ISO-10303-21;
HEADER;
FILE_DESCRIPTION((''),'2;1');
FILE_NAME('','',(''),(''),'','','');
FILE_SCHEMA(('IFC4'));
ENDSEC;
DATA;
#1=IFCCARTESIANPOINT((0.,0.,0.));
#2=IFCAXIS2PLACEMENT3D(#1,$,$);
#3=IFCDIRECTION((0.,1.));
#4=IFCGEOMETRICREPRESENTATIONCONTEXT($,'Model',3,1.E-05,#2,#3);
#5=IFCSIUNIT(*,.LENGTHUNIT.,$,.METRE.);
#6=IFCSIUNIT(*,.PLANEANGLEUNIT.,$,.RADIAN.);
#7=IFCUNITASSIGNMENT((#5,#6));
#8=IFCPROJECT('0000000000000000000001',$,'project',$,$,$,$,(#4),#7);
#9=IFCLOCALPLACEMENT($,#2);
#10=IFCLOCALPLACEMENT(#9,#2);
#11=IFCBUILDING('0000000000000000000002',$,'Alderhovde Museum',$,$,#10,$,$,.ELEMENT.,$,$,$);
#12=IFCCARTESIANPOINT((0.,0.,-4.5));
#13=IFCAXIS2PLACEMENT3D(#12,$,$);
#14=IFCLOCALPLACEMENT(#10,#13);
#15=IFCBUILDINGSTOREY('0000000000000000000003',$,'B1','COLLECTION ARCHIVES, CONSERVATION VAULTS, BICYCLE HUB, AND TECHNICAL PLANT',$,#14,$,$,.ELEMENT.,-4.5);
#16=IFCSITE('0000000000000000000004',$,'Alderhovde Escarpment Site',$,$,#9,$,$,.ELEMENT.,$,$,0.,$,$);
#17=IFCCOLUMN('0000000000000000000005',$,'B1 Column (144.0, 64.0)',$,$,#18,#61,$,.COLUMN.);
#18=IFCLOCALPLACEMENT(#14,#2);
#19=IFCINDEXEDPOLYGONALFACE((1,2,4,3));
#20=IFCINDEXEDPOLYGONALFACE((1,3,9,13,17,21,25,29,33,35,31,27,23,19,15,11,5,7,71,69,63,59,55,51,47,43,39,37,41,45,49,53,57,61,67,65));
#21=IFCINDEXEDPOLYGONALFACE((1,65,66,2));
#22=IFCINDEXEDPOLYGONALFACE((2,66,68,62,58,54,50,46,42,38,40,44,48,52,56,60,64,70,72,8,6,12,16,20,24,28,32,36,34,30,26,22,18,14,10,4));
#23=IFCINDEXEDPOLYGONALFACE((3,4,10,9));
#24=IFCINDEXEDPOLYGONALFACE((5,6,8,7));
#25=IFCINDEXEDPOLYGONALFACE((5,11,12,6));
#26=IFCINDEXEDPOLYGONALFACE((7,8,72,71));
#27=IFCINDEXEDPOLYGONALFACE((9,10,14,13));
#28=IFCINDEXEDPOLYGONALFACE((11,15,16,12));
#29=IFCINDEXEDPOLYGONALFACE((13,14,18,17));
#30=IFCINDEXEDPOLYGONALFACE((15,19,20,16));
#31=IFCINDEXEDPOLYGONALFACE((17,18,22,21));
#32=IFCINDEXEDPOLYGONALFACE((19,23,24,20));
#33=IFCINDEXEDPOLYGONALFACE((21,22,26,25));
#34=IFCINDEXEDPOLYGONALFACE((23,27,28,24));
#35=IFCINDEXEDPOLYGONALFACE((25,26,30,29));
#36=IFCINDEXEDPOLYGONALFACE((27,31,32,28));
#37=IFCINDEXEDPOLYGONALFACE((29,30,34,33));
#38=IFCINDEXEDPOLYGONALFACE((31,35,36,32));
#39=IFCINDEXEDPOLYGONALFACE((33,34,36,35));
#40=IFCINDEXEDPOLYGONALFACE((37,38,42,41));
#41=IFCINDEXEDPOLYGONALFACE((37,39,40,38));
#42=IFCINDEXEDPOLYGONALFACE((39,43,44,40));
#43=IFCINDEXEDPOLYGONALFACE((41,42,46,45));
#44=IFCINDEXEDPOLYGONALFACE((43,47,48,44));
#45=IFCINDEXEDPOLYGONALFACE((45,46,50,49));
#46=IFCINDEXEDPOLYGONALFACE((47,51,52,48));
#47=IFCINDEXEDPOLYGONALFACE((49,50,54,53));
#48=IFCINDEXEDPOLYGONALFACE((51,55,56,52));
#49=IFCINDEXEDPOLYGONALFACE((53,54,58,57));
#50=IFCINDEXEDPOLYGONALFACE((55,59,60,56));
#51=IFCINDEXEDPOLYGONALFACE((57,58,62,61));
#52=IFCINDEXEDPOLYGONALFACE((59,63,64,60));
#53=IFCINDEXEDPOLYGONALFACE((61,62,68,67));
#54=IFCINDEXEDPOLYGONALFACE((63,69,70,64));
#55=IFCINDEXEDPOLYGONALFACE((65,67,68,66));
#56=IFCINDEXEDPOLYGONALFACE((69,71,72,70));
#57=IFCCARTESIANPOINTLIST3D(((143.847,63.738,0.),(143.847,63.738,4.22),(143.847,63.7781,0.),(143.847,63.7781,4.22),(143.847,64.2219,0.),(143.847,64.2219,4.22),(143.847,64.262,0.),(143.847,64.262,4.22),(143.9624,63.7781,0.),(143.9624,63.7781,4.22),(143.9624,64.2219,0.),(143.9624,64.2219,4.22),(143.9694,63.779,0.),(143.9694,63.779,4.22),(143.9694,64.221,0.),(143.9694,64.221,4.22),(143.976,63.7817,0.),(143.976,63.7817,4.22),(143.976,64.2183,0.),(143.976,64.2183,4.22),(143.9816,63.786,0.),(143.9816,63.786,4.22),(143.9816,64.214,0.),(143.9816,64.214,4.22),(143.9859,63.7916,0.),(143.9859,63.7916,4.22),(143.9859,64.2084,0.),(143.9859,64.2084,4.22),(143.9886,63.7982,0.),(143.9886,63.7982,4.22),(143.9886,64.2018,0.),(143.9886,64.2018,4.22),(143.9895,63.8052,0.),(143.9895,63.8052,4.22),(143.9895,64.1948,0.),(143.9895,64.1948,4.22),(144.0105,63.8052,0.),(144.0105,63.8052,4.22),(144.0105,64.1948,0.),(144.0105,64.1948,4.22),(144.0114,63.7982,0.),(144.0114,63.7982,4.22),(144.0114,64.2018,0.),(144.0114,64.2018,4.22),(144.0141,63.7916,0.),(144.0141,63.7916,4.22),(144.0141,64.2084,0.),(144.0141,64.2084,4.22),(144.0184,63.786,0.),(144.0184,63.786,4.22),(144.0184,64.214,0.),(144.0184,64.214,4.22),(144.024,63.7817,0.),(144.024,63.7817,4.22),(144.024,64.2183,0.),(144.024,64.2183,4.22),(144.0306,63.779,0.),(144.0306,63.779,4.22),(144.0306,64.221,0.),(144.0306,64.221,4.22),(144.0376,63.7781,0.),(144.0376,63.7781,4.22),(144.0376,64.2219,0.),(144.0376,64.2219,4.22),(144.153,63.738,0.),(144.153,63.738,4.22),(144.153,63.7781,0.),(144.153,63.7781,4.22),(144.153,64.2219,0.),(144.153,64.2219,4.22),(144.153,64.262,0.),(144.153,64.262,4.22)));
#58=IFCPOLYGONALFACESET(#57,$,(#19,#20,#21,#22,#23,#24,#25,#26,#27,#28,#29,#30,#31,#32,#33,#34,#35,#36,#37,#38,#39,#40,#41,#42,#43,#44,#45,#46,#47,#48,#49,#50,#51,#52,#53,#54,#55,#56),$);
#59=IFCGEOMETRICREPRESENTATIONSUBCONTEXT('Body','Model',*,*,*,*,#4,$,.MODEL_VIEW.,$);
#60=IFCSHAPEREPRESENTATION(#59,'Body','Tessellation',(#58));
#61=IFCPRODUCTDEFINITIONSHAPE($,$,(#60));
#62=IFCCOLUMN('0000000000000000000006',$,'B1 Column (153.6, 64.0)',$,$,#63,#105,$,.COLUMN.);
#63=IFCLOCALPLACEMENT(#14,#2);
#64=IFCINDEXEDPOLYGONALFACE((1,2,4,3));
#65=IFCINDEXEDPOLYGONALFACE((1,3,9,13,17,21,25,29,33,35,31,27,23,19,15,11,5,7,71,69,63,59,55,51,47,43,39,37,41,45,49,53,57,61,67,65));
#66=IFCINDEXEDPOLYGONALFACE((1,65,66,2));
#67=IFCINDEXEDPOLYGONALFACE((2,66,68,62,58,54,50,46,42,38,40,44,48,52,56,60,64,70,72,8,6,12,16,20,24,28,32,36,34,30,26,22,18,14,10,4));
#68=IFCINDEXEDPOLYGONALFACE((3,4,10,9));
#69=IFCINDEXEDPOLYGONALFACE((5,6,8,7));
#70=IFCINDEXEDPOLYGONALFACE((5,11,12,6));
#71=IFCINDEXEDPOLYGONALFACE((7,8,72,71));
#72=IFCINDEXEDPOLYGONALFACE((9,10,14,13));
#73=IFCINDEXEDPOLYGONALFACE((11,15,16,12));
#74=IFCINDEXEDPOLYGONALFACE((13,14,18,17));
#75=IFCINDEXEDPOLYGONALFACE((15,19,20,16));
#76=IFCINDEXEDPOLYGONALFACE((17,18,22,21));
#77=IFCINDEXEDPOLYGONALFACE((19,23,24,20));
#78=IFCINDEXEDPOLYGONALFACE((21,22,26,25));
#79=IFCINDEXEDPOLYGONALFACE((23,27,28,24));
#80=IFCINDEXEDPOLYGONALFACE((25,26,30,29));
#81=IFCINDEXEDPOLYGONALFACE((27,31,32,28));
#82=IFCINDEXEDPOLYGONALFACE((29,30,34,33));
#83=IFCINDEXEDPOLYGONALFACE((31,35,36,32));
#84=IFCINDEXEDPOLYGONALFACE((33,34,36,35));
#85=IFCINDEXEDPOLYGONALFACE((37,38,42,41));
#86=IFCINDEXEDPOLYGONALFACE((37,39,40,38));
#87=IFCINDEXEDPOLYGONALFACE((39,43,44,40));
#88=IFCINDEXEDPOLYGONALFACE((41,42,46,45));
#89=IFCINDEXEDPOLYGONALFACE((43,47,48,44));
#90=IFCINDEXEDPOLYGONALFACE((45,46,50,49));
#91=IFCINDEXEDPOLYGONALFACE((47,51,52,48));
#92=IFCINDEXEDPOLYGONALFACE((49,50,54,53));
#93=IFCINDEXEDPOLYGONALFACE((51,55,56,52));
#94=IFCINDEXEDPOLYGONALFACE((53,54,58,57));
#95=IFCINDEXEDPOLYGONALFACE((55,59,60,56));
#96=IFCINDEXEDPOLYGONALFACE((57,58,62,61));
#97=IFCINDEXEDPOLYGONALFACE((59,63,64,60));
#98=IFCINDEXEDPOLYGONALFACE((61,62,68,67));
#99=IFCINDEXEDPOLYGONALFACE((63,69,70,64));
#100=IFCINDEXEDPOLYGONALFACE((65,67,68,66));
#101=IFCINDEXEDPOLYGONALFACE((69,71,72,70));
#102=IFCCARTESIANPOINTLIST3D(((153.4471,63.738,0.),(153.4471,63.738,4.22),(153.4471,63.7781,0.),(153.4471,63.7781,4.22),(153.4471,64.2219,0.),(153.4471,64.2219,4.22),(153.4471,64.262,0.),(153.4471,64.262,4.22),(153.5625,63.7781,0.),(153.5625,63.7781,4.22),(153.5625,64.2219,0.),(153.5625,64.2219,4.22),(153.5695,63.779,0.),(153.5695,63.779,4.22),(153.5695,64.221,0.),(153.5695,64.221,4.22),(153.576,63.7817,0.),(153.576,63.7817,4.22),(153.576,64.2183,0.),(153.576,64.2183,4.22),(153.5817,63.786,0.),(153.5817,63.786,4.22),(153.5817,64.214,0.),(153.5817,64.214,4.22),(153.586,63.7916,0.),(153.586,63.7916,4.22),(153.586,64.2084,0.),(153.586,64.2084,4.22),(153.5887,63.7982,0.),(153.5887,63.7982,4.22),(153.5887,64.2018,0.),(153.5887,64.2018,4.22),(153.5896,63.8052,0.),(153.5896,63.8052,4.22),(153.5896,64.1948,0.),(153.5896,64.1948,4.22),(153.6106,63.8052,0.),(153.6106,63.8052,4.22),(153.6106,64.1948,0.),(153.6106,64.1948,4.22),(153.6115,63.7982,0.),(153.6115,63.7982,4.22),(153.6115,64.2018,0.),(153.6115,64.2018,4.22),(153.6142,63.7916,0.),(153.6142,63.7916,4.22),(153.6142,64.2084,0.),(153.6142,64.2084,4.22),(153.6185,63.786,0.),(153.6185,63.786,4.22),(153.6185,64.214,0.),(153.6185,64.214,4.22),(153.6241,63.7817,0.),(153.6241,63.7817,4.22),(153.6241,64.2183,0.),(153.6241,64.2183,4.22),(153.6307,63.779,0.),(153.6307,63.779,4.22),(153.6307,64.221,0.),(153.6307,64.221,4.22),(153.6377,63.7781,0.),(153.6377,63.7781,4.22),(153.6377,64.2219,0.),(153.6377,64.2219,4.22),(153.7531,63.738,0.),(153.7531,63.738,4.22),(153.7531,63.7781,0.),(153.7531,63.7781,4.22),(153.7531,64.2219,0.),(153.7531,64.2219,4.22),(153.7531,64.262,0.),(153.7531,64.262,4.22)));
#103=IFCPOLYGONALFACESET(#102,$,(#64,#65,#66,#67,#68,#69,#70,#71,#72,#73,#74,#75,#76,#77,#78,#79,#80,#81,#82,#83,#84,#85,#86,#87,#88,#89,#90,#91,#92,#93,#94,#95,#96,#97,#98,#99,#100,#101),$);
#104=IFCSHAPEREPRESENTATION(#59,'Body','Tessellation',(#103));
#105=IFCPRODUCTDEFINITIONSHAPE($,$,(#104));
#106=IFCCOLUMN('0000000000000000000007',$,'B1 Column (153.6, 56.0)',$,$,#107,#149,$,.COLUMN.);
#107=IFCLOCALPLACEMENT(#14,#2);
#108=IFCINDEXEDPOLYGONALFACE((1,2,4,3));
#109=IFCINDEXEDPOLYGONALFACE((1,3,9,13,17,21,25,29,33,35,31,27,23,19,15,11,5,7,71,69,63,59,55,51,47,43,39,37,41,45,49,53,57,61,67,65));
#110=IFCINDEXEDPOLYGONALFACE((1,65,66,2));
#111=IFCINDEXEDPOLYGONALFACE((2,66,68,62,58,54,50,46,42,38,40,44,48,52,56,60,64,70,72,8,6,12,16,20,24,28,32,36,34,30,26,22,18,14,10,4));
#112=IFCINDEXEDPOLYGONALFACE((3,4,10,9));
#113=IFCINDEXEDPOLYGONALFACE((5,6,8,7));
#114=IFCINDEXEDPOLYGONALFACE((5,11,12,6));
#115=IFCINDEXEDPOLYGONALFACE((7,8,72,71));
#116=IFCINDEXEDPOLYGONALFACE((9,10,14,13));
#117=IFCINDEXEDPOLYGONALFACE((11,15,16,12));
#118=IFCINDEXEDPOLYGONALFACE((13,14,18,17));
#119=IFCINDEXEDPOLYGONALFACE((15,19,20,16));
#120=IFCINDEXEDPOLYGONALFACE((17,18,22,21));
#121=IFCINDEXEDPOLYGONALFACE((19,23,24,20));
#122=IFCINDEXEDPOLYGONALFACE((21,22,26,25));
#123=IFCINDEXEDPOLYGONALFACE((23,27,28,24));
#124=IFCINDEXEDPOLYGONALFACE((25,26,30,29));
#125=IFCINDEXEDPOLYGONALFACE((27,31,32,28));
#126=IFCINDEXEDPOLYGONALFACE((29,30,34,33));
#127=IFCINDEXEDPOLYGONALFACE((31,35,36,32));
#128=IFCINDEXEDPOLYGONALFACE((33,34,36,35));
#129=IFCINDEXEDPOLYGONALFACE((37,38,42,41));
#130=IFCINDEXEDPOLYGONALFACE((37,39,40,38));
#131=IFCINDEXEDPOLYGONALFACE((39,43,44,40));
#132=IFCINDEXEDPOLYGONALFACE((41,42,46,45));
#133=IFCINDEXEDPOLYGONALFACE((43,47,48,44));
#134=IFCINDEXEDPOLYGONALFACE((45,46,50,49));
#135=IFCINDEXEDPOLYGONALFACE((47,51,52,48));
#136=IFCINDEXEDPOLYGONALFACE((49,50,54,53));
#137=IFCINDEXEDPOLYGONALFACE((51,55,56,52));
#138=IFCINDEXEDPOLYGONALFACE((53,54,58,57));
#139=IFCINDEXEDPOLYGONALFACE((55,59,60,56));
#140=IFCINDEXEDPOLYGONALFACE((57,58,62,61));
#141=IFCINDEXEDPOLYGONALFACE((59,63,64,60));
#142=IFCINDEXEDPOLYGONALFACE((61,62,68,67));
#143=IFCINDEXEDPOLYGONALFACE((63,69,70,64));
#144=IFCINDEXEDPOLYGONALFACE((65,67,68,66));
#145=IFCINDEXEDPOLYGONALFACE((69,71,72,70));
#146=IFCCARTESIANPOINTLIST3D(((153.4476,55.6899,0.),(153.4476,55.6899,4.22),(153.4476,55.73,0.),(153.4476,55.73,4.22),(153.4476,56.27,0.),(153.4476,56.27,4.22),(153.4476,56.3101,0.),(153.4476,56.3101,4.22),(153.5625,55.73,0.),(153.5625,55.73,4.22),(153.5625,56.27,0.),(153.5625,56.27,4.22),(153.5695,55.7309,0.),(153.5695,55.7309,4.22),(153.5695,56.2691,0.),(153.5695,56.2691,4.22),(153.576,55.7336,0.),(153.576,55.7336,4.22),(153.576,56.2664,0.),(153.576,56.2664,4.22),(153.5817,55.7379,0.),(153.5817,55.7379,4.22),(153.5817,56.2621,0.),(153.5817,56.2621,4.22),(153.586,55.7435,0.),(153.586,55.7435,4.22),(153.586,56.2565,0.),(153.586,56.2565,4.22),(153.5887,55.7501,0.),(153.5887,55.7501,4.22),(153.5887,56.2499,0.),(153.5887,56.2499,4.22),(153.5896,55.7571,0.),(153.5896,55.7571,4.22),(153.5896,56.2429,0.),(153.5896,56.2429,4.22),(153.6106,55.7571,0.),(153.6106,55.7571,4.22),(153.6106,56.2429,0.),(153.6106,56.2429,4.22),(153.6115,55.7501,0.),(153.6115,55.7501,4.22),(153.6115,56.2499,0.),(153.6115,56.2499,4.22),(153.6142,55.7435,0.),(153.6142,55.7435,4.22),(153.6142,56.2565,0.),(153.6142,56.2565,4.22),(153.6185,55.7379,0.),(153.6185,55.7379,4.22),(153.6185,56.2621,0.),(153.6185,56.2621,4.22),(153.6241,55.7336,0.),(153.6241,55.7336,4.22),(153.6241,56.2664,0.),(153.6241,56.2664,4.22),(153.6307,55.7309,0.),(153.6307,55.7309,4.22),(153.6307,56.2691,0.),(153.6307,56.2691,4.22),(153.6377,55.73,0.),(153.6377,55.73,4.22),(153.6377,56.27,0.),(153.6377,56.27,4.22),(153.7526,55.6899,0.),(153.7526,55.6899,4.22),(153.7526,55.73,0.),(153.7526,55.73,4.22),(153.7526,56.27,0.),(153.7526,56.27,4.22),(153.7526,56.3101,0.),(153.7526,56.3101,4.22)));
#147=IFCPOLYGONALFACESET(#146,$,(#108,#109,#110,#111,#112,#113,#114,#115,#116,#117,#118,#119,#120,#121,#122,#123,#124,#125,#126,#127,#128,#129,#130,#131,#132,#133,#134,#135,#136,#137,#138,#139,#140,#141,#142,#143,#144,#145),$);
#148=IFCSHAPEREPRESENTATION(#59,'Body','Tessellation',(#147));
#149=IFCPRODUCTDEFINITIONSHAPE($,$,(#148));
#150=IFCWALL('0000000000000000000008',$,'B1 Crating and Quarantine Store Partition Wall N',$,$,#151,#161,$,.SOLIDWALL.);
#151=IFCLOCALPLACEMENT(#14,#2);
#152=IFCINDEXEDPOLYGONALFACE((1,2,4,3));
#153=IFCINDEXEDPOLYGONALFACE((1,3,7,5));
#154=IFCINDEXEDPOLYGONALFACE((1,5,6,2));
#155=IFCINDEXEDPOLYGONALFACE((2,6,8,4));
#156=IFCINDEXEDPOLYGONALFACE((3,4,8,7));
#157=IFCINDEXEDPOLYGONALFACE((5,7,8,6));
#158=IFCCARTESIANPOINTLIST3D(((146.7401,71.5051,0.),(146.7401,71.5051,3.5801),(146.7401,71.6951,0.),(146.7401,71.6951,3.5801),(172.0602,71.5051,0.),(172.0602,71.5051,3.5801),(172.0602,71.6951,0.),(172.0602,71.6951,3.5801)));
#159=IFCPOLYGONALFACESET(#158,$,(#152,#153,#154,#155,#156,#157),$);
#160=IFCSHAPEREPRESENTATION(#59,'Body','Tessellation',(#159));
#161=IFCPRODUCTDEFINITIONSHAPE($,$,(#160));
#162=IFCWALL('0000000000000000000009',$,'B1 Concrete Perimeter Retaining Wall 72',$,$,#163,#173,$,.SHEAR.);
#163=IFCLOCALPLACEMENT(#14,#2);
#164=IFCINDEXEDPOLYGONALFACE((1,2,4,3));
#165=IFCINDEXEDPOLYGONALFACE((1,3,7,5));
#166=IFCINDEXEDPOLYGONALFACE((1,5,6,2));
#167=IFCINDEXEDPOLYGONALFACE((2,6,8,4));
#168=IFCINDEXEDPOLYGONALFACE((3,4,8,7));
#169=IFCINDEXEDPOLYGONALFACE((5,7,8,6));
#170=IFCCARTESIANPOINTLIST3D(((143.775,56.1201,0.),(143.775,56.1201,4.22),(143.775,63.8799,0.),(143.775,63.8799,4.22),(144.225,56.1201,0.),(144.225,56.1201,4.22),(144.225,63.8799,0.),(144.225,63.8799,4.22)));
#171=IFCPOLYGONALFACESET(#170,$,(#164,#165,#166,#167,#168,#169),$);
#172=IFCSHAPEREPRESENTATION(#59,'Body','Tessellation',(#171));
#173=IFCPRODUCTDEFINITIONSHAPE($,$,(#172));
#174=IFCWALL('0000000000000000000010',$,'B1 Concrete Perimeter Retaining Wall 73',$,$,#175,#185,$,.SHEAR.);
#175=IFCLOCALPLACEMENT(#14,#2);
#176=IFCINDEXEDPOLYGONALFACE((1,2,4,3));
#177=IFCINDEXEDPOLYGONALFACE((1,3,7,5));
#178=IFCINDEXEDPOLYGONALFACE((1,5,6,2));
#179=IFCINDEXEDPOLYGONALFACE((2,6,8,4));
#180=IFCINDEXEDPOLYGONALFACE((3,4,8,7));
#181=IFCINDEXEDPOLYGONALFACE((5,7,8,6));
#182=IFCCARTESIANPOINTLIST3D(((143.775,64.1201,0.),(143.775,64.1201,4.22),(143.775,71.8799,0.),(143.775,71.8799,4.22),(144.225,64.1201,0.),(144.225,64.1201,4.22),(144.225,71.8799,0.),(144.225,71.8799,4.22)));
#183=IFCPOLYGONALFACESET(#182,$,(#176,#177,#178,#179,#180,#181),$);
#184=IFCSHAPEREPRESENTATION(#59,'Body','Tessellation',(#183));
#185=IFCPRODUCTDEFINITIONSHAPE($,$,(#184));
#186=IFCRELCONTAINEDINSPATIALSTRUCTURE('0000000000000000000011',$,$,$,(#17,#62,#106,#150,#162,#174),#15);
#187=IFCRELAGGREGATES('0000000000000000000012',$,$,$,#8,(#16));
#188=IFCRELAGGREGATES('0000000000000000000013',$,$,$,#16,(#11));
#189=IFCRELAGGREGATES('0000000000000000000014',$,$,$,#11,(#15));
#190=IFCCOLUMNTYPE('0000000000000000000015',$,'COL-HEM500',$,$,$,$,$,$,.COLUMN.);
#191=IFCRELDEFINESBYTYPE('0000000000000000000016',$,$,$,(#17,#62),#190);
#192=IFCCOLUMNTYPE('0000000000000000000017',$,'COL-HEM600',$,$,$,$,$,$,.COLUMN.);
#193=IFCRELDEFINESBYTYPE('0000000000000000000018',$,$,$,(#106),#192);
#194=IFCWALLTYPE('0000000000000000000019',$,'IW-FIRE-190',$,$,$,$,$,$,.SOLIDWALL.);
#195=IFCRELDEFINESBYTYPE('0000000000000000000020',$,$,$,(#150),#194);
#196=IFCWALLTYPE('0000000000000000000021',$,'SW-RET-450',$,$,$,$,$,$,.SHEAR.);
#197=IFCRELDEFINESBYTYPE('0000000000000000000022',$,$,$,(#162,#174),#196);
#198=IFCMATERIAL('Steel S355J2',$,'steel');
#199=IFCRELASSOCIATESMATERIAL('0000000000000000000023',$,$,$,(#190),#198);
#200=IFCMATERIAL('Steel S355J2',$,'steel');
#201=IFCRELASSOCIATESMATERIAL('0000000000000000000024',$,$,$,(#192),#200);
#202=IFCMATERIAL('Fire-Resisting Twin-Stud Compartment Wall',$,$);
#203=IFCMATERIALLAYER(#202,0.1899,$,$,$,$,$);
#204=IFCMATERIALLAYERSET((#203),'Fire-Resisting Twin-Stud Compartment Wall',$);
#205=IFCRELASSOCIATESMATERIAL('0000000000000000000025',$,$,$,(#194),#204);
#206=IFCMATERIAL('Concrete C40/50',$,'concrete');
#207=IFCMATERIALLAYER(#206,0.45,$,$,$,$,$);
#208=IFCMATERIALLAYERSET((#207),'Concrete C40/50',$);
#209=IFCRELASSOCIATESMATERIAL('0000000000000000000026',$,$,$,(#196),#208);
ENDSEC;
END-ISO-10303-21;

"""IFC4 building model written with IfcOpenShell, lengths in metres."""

from ifc_helpers import new_model, si_unit, direction, frame, frame_2d, origin, origin_2d, place, context, subcontext, project, spatial, rectangle, i_section, extrude, material, layer, layer_set, material_profile, profile_set, type_object, element, save


model = new_model("IFC4")

# Units and contexts
model_context = context("Model", 3, precision=1e-05, world=origin(), true_north=direction((0.0, 1.0)))
body_context = subcontext(model_context, "Body", "Model", "MODEL_VIEW")
ifc_project = project(units=[si_unit("LENGTHUNIT", "METRE"), si_unit("PLANEANGLEUNIT", "RADIAN")], contexts=[model_context])

# Site, building, storey
site_placement = place(None, origin())
site = spatial("IfcSite", under=ifc_project, at=site_placement, Name="Alderhovde Escarpment Site", CompositionType="ELEMENT", RefElevation=0.0)
building_placement = place(site_placement, origin())
building = spatial("IfcBuilding", under=site, at=building_placement, Name="Alderhovde Museum", CompositionType="ELEMENT")
storey_placement = place(building_placement, frame((0.0, 0.0, -4.5)))
storey = spatial("IfcBuildingStorey", under=building, at=storey_placement, Name="B1", Description="COLLECTION ARCHIVES, CONSERVATION VAULTS, BICYCLE HUB, AND TECHNICAL PLANT", CompositionType="ELEMENT", Elevation=-4.5)

# Columns
ifc_material_1 = material(Name="Steel S355J2", Category="steel")
ifc_material_profile_1 = material_profile(ifc_material_1, i_section(OverallWidth=0.3059, OverallDepth=0.5239, WebThickness=0.021, FlangeThickness=0.04, FilletRadius=0.0271, at=origin_2d()), Name="HEM 500")
ifc_profile_set_1 = profile_set([ifc_material_profile_1], Name="Steel S355J2")
column_type_1 = type_object("IfcColumnType", Name="COL-HEM500", PredefinedType="COLUMN", material=ifc_profile_set_1)
for number, where, z_axis, x_axis, name in (
    (1, (144.0, 64.0, 0.0), (0.0, 0.0, 1.0), (1.0, 0.0, 0.0), "B1 Column (144.0, 64.0)"),
    (2, (153.6001, 64.0, 0.0), (0.0, 0.0, 1.0), (1.0, 0.0, 0.0), "B1 Column (153.6, 64.0)"),
):
    element("IfcColumn", number, at=place(storey_placement, frame(where, z_axis=z_axis, x_axis=x_axis)), inside=storey, type_object=column_type_1, Name=name, PredefinedType="COLUMN", context=body_context, shape_type="SweptSolid", body=[
        extrude(i_section(OverallWidth=0.3059, OverallDepth=0.5239, WebThickness=0.021, FlangeThickness=0.04, FilletRadius=0.0271, at=origin_2d()), origin(), (0.0, 0.0, 1.0), 4.22),
    ])
ifc_material_2 = material(Name="Steel S355J2", Category="steel")
ifc_material_profile_2 = material_profile(ifc_material_2, i_section(OverallWidth=0.3049, OverallDepth=0.6201, WebThickness=0.021, FlangeThickness=0.04, FilletRadius=0.0271, at=origin_2d()), Name="HEM 600")
ifc_profile_set_2 = profile_set([ifc_material_profile_2], Name="Steel S355J2")
column_type_2 = type_object("IfcColumnType", Name="COL-HEM600", PredefinedType="COLUMN", material=ifc_profile_set_2)
column_placement = place(storey_placement, frame((153.6001, 56.0, 0.0), z_axis=(0.0, 0.0, 1.0), x_axis=(1.0, 0.0, 0.0)))
element("IfcColumn", 3, at=column_placement, inside=storey, type_object=column_type_2, Name="B1 Column (153.6, 56.0)", PredefinedType="COLUMN", context=body_context, shape_type="SweptSolid", body=[
    extrude(i_section(OverallWidth=0.3049, OverallDepth=0.6201, WebThickness=0.021, FlangeThickness=0.04, FilletRadius=0.0271, at=origin_2d()), origin(), (0.0, 0.0, 1.0), 4.22),
])

# Walls
ifc_material_3 = material(Name="Fire-Resisting Twin-Stud Compartment Wall")
ifc_layer_1 = layer(ifc_material_3, 0.1899)
ifc_layer_set_1 = layer_set([ifc_layer_1], Name="Fire-Resisting Twin-Stud Compartment Wall")
wall_type_1 = type_object("IfcWallType", Name="IW-FIRE-190", PredefinedType="SOLIDWALL", material=ifc_layer_set_1)
wall_placement = place(storey_placement, frame((146.74, 71.6001, 0.0), z_axis=(0.0, 0.0, 1.0), x_axis=(1.0, 0.0, 0.0)))
element("IfcWall", 4, at=wall_placement, inside=storey, type_object=wall_type_1, Name="B1 Crating and Quarantine Store Partition Wall N", PredefinedType="SOLIDWALL", context=body_context, shape_type="SweptSolid", body=[
    extrude(rectangle(XDim=25.3201, YDim=0.1899, at=frame_2d((12.6602, 0.0))), origin(), (0.0, 0.0, 1.0), 3.5801),
])
ifc_material_4 = material(Name="Concrete C40/50", Category="concrete")
ifc_layer_2 = layer(ifc_material_4, 0.45)
ifc_layer_set_2 = layer_set([ifc_layer_2], Name="Concrete C40/50")
wall_type_2 = type_object("IfcWallType", Name="SW-RET-450", PredefinedType="SHEAR", material=ifc_layer_set_2)
for number, where, z_axis, x_axis, name in (
    (5, (144.0, 56.1201, 0.0), (0.0, 0.0, 1.0), (0.0, 1.0, 0.0), "B1 Concrete Perimeter Retaining Wall 72"),
    (6, (144.0, 64.1201, 0.0), (0.0, 0.0, 1.0), (0.0, 1.0, 0.0), "B1 Concrete Perimeter Retaining Wall 73"),
):
    element("IfcWall", number, at=place(storey_placement, frame(where, z_axis=z_axis, x_axis=x_axis)), inside=storey, type_object=wall_type_2, Name=name, PredefinedType="SHEAR", context=body_context, shape_type="SweptSolid", body=[
        extrude(rectangle(XDim=7.7598, YDim=0.45, at=frame_2d((3.8799, 0.0))), origin(), (0.0, 0.0, 1.0), 4.22),
    ])

save(model, "model.ifc")
